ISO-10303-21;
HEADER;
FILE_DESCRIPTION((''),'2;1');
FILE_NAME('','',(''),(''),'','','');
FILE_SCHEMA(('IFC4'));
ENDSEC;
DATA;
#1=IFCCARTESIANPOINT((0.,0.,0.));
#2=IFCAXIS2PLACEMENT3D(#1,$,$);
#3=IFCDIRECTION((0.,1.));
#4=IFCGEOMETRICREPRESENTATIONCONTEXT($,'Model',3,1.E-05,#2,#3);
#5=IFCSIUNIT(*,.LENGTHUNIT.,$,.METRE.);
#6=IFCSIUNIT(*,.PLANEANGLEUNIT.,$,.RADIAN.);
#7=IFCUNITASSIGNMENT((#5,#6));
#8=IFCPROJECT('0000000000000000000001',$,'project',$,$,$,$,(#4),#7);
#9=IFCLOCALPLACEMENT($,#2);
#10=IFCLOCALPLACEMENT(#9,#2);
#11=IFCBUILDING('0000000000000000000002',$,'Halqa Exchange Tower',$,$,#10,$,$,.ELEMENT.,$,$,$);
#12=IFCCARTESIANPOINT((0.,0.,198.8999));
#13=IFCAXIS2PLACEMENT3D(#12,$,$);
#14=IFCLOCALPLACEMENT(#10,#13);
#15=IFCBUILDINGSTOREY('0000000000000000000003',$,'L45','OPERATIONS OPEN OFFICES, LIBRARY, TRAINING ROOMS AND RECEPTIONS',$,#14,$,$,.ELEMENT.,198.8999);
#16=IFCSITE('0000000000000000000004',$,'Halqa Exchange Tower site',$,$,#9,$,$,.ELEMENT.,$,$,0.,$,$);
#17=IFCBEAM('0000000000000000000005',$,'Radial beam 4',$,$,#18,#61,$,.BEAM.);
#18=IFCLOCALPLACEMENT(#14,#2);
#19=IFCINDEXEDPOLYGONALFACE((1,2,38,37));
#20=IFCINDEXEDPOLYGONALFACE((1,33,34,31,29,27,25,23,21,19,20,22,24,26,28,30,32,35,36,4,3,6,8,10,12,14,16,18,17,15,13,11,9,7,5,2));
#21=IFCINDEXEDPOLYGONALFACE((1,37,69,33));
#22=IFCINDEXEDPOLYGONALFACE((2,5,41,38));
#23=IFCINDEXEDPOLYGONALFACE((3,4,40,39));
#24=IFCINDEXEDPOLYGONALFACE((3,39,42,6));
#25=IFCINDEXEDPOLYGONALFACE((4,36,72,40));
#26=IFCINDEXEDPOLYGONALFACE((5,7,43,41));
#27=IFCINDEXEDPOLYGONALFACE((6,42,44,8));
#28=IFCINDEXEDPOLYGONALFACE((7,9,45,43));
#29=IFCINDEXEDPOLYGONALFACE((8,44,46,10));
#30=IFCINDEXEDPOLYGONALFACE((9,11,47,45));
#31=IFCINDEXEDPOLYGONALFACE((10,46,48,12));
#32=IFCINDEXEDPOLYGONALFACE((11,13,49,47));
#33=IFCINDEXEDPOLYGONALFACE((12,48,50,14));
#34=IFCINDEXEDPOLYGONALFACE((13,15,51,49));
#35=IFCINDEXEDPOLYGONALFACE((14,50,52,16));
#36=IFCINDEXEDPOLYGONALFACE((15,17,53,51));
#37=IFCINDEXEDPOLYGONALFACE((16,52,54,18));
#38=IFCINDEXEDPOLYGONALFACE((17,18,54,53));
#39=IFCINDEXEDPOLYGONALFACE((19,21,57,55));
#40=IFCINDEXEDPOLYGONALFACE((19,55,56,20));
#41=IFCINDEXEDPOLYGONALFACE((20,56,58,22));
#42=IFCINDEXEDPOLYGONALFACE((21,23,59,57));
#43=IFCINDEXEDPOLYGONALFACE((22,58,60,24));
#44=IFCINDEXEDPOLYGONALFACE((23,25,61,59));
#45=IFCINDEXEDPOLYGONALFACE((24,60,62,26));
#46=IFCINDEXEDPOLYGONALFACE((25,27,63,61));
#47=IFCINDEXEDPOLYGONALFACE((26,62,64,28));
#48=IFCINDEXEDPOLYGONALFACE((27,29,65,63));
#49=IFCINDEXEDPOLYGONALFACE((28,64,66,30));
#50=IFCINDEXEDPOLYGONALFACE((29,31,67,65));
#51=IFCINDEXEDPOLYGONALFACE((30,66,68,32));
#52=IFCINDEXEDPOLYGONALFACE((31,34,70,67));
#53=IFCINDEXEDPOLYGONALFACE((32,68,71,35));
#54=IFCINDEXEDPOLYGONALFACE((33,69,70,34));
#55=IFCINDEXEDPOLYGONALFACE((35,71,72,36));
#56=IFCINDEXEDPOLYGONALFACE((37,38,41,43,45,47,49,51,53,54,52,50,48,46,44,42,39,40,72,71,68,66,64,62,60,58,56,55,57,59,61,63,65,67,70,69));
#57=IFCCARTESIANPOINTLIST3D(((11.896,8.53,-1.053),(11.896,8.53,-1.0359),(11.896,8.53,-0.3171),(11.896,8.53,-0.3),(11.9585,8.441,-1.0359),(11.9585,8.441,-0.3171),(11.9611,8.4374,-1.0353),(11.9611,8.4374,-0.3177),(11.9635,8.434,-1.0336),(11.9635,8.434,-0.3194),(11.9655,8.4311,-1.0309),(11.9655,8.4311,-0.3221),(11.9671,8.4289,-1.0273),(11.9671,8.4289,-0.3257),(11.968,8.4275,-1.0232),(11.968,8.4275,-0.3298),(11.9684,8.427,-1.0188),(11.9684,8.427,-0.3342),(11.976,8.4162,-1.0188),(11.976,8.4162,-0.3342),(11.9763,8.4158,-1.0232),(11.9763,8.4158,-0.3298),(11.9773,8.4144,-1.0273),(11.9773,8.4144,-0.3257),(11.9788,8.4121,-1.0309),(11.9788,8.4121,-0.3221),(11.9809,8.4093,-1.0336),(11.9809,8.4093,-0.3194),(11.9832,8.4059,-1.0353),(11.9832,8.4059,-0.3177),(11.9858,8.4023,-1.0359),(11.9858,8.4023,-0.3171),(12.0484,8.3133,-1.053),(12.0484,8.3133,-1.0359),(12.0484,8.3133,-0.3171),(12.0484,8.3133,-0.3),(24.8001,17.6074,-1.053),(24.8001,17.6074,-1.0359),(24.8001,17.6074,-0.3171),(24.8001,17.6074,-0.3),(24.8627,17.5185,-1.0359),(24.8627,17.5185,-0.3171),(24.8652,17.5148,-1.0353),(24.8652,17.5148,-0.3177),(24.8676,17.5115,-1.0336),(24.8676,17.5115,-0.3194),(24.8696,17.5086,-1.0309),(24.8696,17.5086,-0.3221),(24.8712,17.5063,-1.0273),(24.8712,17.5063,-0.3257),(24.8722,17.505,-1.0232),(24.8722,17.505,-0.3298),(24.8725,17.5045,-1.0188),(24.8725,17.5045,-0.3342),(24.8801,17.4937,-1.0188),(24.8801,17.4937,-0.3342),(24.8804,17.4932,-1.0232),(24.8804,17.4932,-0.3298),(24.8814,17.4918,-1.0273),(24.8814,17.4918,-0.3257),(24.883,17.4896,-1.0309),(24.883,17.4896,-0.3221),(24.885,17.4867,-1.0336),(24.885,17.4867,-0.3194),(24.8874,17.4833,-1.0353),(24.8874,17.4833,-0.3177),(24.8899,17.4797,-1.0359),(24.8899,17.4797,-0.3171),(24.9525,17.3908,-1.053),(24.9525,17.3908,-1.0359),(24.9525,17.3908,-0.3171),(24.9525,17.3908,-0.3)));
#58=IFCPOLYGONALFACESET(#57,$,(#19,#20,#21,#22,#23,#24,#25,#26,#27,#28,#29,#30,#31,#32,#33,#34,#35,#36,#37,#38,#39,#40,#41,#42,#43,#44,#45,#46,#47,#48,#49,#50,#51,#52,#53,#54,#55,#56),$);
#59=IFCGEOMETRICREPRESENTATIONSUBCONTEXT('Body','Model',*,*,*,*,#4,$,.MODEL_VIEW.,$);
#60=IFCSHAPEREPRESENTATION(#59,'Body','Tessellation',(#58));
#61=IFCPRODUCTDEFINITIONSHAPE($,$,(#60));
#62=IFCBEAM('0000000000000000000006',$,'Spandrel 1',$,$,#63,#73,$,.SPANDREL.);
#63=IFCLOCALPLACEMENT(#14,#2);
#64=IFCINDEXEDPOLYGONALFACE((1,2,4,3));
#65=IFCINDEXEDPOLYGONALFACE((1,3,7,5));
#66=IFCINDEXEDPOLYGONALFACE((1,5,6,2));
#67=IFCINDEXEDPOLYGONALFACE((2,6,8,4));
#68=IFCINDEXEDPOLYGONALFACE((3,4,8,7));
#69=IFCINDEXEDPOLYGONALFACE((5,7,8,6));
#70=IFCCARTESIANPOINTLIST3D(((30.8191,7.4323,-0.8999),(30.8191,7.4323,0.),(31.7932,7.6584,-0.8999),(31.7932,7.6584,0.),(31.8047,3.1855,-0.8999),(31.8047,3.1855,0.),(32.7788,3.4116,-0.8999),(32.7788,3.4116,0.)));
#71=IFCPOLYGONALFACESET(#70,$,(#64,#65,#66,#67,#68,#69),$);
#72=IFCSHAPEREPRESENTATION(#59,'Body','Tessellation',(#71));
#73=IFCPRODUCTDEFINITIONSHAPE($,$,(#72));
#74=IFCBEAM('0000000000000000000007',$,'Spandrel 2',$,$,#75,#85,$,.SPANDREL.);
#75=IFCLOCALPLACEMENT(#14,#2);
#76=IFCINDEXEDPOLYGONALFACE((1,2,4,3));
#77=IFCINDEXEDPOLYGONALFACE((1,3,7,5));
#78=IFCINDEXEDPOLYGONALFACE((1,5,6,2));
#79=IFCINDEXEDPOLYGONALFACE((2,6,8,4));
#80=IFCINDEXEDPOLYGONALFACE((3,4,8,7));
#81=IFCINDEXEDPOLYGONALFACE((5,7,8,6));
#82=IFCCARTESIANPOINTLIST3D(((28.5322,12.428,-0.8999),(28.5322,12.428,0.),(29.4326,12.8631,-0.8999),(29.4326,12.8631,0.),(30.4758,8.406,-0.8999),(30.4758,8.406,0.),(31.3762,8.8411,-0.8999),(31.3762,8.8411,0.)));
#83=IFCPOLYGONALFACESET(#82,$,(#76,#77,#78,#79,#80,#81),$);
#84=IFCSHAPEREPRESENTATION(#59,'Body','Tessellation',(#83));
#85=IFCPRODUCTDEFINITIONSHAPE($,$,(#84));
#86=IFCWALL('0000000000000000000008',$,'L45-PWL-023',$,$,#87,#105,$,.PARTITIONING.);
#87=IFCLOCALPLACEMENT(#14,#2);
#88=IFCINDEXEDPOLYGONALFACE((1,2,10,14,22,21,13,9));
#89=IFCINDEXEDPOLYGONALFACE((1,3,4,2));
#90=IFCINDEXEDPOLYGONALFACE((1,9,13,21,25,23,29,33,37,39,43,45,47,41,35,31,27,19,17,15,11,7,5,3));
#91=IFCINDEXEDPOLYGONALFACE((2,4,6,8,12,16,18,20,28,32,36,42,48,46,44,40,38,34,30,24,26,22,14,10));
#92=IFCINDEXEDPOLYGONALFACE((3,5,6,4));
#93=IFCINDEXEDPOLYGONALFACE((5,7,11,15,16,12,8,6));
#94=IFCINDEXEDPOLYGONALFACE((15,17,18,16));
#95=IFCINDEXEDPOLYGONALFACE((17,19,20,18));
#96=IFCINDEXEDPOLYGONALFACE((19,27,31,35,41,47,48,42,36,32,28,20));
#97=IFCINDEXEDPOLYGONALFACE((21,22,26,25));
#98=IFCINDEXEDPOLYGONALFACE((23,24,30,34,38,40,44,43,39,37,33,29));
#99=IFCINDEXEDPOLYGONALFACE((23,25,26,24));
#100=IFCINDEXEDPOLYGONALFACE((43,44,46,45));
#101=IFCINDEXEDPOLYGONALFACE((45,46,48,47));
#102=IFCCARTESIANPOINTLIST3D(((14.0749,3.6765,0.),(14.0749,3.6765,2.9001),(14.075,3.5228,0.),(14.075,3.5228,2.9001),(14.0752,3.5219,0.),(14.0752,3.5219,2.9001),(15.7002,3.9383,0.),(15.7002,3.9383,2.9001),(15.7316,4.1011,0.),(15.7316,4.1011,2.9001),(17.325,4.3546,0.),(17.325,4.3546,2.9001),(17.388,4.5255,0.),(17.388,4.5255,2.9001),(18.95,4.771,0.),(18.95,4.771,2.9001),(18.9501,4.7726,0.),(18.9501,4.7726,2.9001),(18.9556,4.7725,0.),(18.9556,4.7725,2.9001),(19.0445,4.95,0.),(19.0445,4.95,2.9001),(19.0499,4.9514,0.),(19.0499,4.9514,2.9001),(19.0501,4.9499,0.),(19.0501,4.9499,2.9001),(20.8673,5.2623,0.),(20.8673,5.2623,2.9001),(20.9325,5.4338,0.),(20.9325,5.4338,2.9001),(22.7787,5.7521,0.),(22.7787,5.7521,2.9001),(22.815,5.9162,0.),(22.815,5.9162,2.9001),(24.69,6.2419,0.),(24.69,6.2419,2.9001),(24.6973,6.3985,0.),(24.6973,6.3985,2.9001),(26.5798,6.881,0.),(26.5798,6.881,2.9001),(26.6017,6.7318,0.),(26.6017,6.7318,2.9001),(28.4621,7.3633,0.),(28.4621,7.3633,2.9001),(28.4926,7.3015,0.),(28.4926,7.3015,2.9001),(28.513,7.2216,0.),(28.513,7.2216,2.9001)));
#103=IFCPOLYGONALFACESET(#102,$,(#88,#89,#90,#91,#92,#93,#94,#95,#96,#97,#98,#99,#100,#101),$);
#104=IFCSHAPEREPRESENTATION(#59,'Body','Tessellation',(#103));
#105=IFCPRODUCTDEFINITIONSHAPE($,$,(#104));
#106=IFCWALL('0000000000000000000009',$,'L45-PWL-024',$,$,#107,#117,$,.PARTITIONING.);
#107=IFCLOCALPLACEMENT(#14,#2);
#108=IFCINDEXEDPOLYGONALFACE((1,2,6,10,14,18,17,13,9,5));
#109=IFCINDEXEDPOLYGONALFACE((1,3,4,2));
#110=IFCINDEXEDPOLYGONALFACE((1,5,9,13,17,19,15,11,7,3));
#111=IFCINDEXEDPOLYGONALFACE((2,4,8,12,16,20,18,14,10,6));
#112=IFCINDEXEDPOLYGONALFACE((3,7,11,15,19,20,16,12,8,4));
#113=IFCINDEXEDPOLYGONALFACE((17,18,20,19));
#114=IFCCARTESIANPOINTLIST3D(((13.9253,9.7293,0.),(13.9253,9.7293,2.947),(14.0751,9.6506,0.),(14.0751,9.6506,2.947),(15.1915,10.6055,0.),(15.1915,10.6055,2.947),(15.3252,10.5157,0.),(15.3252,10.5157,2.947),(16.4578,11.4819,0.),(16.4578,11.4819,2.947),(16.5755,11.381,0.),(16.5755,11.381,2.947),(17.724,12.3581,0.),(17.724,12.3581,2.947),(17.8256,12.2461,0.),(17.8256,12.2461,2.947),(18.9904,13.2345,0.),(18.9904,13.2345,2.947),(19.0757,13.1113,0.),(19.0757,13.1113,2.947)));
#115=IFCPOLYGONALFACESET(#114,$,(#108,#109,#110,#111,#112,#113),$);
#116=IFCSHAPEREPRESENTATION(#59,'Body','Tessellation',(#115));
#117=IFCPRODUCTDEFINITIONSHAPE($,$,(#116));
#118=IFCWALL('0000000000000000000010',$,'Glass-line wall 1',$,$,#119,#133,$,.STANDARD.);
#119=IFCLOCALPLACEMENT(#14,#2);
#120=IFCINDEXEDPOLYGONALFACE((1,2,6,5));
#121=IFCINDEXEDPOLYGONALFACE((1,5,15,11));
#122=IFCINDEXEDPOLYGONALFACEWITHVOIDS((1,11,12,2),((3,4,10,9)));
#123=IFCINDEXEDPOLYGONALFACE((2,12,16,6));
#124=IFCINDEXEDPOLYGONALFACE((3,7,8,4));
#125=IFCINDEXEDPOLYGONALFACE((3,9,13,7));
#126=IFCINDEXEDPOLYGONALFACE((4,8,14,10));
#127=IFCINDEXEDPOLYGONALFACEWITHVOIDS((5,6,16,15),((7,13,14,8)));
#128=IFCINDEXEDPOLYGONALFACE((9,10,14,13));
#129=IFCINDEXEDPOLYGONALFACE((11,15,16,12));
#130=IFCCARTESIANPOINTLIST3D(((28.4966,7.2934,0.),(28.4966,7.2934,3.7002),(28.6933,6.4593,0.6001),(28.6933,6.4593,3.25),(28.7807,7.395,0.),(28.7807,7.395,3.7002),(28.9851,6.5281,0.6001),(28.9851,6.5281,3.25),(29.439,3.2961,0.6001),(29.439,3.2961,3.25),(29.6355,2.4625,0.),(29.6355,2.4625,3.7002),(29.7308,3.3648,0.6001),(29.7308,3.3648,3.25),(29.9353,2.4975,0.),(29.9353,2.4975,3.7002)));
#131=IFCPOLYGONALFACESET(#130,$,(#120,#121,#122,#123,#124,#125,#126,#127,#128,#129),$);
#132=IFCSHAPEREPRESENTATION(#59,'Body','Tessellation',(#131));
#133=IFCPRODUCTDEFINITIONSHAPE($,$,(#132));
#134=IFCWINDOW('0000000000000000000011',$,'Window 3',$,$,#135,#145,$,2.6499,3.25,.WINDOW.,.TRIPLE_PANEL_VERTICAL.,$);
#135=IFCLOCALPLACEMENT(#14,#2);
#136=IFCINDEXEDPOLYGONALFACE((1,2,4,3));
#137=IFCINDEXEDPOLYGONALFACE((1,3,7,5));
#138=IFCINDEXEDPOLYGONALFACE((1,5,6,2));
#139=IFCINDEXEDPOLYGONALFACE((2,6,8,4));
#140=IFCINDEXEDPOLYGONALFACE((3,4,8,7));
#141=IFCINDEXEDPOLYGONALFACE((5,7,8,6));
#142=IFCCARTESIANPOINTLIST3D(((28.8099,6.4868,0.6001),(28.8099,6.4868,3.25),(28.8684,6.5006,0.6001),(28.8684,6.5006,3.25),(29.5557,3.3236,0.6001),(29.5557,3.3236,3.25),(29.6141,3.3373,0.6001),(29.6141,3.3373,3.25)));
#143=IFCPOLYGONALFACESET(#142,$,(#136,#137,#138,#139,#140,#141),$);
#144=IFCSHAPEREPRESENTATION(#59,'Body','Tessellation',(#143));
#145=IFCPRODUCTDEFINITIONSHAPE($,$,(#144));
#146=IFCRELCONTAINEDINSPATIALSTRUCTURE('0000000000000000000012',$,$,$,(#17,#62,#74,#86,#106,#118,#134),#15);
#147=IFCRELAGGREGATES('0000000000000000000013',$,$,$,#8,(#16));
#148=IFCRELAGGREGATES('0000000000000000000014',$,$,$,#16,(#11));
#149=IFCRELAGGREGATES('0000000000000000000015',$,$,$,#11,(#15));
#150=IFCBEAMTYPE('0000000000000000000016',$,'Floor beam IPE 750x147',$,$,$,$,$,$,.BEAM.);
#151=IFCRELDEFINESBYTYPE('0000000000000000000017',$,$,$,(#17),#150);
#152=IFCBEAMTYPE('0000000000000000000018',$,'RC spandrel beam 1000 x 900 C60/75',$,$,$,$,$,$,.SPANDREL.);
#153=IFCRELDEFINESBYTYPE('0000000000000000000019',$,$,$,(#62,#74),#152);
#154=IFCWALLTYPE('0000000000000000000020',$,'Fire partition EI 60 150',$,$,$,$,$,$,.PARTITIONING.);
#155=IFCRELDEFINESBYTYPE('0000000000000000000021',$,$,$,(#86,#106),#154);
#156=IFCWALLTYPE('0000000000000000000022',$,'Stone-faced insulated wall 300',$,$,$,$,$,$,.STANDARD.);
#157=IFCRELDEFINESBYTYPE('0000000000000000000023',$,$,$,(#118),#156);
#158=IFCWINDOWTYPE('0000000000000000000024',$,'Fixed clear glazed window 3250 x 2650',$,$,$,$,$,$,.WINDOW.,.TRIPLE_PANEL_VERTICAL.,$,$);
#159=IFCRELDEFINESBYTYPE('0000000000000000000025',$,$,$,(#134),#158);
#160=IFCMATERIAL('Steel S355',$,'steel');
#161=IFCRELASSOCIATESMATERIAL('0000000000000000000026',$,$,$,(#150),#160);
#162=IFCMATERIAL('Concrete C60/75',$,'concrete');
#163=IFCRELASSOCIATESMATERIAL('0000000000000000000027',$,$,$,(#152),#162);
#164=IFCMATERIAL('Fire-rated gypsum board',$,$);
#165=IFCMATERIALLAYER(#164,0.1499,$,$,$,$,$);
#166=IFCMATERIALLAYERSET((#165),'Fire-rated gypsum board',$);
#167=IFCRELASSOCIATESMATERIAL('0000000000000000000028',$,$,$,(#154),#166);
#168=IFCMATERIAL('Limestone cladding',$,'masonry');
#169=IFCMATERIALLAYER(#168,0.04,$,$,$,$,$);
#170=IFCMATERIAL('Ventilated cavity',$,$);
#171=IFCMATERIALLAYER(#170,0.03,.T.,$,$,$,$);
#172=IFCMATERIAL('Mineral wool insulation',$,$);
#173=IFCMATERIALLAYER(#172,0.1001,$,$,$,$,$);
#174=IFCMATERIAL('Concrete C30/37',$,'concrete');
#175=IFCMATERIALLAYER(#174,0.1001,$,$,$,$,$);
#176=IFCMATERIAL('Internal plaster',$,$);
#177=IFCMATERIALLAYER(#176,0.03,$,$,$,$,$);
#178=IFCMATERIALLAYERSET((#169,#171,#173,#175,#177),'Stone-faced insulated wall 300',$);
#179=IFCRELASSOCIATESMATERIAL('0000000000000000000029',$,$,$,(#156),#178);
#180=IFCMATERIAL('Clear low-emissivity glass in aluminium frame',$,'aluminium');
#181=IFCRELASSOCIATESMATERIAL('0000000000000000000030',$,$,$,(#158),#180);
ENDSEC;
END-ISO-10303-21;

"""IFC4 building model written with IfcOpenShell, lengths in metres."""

from ifc_helpers import new_model, si_unit, direction, frame, frame_2d, origin, origin_2d, place, context, subcontext, project, spatial, polyline, rectangle, i_section, outline, extrude, material, layer, layer_set, material_profile, profile_set, type_object, element, fill, save


model = new_model("IFC4")

# Units and contexts
model_context = context("Model", 3, precision=1e-05, world=origin(), true_north=direction((0.0, 1.0)))
body_context = subcontext(model_context, "Body", "Model", "MODEL_VIEW")
ifc_project = project(units=[si_unit("LENGTHUNIT", "METRE"), si_unit("PLANEANGLEUNIT", "RADIAN")], contexts=[model_context])

# Site, building, storey
site_placement = place(None, origin())
site = spatial("IfcSite", under=ifc_project, at=site_placement, Name="Halqa Exchange Tower site", CompositionType="ELEMENT", RefElevation=0.0)
building_placement = place(site_placement, origin())
building = spatial("IfcBuilding", under=site, at=building_placement, Name="Halqa Exchange Tower", CompositionType="ELEMENT")
storey_placement = place(building_placement, frame((0.0, 0.0, 198.8999)))
storey = spatial("IfcBuildingStorey", under=building, at=storey_placement, Name="L45", Description="OPERATIONS OPEN OFFICES, LIBRARY, TRAINING ROOMS AND RECEPTIONS", CompositionType="ELEMENT", Elevation=198.8999)

# Shared definitions
ifc_material_1 = material(Name="Concrete C60/75", Category="concrete")

# Beams
ifc_material_2 = material(Name="Steel S355", Category="steel")
ifc_material_profile_1 = material_profile(ifc_material_2, i_section(OverallWidth=0.2649, OverallDepth=0.7529, WebThickness=0.0132, FlangeThickness=0.0171, FilletRadius=0.0171, at=origin_2d()), Name="IPE 750x147")
ifc_profile_set_1 = profile_set([ifc_material_profile_1], Name="Steel S355")
beam_type_1 = type_object("IfcBeamType", Name="Floor beam IPE 750x147", PredefinedType="BEAM", material=ifc_profile_set_1)
beam_1_placement = place(storey_placement, frame((11.9722, 8.4216, -0.6765), z_axis=(0.817903, 0.575356, 0.0), x_axis=(-0.575356, 0.817903, 0.0)))
element("IfcBeam", 1, at=beam_1_placement, inside=storey, type_object=beam_type_1, Name="Radial beam 4", PredefinedType="BEAM", context=body_context, shape_type="SweptSolid", body=[
    extrude(i_section(OverallWidth=0.2649, OverallDepth=0.7529, WebThickness=0.0132, FlangeThickness=0.0171, FilletRadius=0.0171, at=origin_2d()), origin(), (0.0, 0.0, 1.0), 15.7771),
])
ifc_material_profile_2 = material_profile(ifc_material_1, rectangle(XDim=1.0, YDim=0.8999, at=origin_2d()), Name="1000 x 900")
ifc_profile_set_2 = profile_set([ifc_material_profile_2], Name="Concrete C60/75")
beam_type_2 = type_object("IfcBeamType", Name="RC spandrel beam 1000 x 900 C60/75", PredefinedType="SPANDREL", material=ifc_profile_set_2)
beam_2_placement = place(storey_placement, frame((32.2917, 3.2986, -0.45), z_axis=(-0.22607, 0.974111, 0.0), x_axis=(-0.974111, -0.22607, 0.0)))
element("IfcBeam", 2, at=beam_2_placement, inside=storey, type_object=beam_type_2, Name="Spandrel 1", PredefinedType="SPANDREL", context=body_context, shape_type="SweptSolid", body=[
    extrude(rectangle(XDim=1.0, YDim=0.8999, at=origin_2d()), origin(), (0.0, 0.0, 1.0), 4.3596),
])
beam_3_placement = place(storey_placement, frame((30.926, 8.6235, -0.45), z_axis=(-0.435105, 0.90038, 0.0), x_axis=(-0.90038, -0.435105, 0.0)))
element("IfcBeam", 3, at=beam_3_placement, inside=storey, type_object=beam_type_2, Name="Spandrel 2", PredefinedType="SPANDREL", context=body_context, shape_type="SweptSolid", body=[
    extrude(rectangle(XDim=1.0, YDim=0.8999, at=origin_2d()), origin(), (0.0, 0.0, 1.0), 4.467),
])

# Walls
ifc_material_3 = material(Name="Fire-rated gypsum board")
ifc_layer_1 = layer(ifc_material_3, 0.1499)
ifc_layer_set_1 = layer_set([ifc_layer_1], Name="Fire-rated gypsum board")
wall_type_1 = type_object("IfcWallType", Name="Fire partition EI 60 150", PredefinedType="PARTITIONING", material=ifc_layer_set_1)
wall_1_placement = place(storey_placement, frame((14.0566, 3.5945, 0.0), z_axis=(0.0, 0.0, 1.0), x_axis=(0.968701, 0.248232, 0.0)))
element("IfcWall", 4, at=wall_1_placement, inside=storey, type_object=wall_type_1, Name="L45-PWL-023", PredefinedType="PARTITIONING", context=body_context, shape_type="SweptSolid", body=[
    extrude(outline(polyline([(0.0, -0.075), (1.6775, -0.075), (3.3547, -0.075), (5.0322, -0.075), (5.0327, -0.0735), (5.0381, -0.075), (7.0115, -0.075), (8.9846, -0.075), (10.9578, -0.075), (12.9312, -0.075), (14.9043, -0.075), (14.9043, 0.0076), (14.8901, 0.075), (12.947, 0.075), (11.0037, 0.075), (9.0605, 0.075), (7.1172, 0.075), (5.1738, 0.075), (5.1736, 0.0735), (5.1682, 0.075), (3.4583, 0.075), (1.7483, 0.075), (0.0381, 0.075), (0.0, -0.074), (0.0, -0.075)])), origin(), (0.0, 0.0, 1.0), 2.9001),
])
wall_2_placement = place(storey_placement, frame((13.9678, 9.6675, 0.0), z_axis=(0.0, 0.0, 1.0), x_axis=(0.822291, 0.569068, 0.0)))
element("IfcWall", 5, at=wall_2_placement, inside=storey, type_object=wall_type_1, Name="L45-PWL-024", PredefinedType="PARTITIONING", context=body_context, shape_type="SweptSolid", body=[
    extrude(outline(polyline([(6.1599, 0.075), (4.6199, 0.075), (3.0801, 0.075), (1.54, 0.075), (0.0002, 0.075), (0.0786, -0.075), (1.5989, -0.075), (3.1194, -0.075), (4.6396, -0.075), (6.1599, -0.075), (6.1599, 0.075)])), origin(), (0.0, 0.0, 1.0), 2.947),
])

# Wall, opening, window
ifc_material_4 = material(Name="Limestone cladding", Category="masonry")
ifc_layer_2 = layer(ifc_material_4, 0.04)
ifc_material_5 = material(Name="Ventilated cavity")
ifc_layer_3 = layer(ifc_material_5, 0.03, ventilated=True)
ifc_material_6 = material(Name="Mineral wool insulation")
ifc_layer_4 = layer(ifc_material_6, 0.1001)
ifc_material_7 = material(Name="Concrete C30/37", Category="concrete")
ifc_layer_5 = layer(ifc_material_7, 0.1001)
ifc_material_8 = material(Name="Internal plaster")
ifc_layer_6 = layer(ifc_material_8, 0.03)
ifc_layer_set_2 = layer_set([ifc_layer_2, ifc_layer_3, ifc_layer_4, ifc_layer_5, ifc_layer_6], Name="Stone-faced insulated wall 300")
wall_type_2 = type_object("IfcWallType", Name="Stone-faced insulated wall 300", PredefinedType="STANDARD", material=ifc_layer_set_2)
wall_3_placement = place(storey_placement, frame((29.7854, 2.48, 0.0), z_axis=(0.0, 0.0, 1.0), x_axis=(-0.229456, 0.973319, 0.0)))
wall_3 = element("IfcWall", 6, at=wall_3_placement, inside=storey, type_object=wall_type_2, Name="Glass-line wall 1", PredefinedType="STANDARD", context=body_context, shape_type="SweptSolid", body=[
    extrude(outline(polyline([(-0.0173, -0.1499), (5.0144, -0.1499), (4.9807, 0.1499), (0.0173, 0.1499), (-0.0173, -0.1499)])), origin(), (0.0, 0.0, 1.0), 3.7002),
])
opening_1_placement = place(wall_3_placement, frame((0.8738, 0.0, 0.6001)))
opening_1 = element("IfcOpeningElement", 7, at=opening_1_placement, cuts=wall_3, PredefinedType="OPENING", context=body_context, shape_type="SweptSolid", body=[
    extrude(rectangle(XDim=3.25, YDim=2.6499, at=frame_2d((1.625, 1.325))), frame((0.0, 0.1621, 0.0), z_axis=(0.0, -1.0, 0.0), x_axis=(1.0, 0.0, 0.0)), (0.0, 0.0, 1.0), 0.324),
])
ifc_material_9 = material(Name="Clear low-emissivity glass in aluminium frame", Category="aluminium")
window_type = type_object("IfcWindowType", Name="Fixed clear glazed window 3250 x 2650", PartitioningType="TRIPLE_PANEL_VERTICAL", PredefinedType="WINDOW", material=ifc_material_9)
window_1_placement = place(opening_1_placement, origin())
window_1 = element("IfcWindow", 8, at=window_1_placement, inside=storey, type_object=window_type, Name="Window 3", OverallHeight=2.6499, OverallWidth=3.25, PartitioningType="TRIPLE_PANEL_VERTICAL", PredefinedType="WINDOW", context=body_context, shape_type="SweptSolid", body=[
    extrude(rectangle(XDim=3.25, YDim=2.6499, at=frame_2d((1.625, 1.325))), frame((0.0, 0.03, 0.0), z_axis=(0.0, -1.0, 0.0), x_axis=(1.0, 0.0, 0.0)), (0.0, 0.0, 1.0), 0.0601),
])
fill(opening_1, window_1)

save(model, "model.ifc")
